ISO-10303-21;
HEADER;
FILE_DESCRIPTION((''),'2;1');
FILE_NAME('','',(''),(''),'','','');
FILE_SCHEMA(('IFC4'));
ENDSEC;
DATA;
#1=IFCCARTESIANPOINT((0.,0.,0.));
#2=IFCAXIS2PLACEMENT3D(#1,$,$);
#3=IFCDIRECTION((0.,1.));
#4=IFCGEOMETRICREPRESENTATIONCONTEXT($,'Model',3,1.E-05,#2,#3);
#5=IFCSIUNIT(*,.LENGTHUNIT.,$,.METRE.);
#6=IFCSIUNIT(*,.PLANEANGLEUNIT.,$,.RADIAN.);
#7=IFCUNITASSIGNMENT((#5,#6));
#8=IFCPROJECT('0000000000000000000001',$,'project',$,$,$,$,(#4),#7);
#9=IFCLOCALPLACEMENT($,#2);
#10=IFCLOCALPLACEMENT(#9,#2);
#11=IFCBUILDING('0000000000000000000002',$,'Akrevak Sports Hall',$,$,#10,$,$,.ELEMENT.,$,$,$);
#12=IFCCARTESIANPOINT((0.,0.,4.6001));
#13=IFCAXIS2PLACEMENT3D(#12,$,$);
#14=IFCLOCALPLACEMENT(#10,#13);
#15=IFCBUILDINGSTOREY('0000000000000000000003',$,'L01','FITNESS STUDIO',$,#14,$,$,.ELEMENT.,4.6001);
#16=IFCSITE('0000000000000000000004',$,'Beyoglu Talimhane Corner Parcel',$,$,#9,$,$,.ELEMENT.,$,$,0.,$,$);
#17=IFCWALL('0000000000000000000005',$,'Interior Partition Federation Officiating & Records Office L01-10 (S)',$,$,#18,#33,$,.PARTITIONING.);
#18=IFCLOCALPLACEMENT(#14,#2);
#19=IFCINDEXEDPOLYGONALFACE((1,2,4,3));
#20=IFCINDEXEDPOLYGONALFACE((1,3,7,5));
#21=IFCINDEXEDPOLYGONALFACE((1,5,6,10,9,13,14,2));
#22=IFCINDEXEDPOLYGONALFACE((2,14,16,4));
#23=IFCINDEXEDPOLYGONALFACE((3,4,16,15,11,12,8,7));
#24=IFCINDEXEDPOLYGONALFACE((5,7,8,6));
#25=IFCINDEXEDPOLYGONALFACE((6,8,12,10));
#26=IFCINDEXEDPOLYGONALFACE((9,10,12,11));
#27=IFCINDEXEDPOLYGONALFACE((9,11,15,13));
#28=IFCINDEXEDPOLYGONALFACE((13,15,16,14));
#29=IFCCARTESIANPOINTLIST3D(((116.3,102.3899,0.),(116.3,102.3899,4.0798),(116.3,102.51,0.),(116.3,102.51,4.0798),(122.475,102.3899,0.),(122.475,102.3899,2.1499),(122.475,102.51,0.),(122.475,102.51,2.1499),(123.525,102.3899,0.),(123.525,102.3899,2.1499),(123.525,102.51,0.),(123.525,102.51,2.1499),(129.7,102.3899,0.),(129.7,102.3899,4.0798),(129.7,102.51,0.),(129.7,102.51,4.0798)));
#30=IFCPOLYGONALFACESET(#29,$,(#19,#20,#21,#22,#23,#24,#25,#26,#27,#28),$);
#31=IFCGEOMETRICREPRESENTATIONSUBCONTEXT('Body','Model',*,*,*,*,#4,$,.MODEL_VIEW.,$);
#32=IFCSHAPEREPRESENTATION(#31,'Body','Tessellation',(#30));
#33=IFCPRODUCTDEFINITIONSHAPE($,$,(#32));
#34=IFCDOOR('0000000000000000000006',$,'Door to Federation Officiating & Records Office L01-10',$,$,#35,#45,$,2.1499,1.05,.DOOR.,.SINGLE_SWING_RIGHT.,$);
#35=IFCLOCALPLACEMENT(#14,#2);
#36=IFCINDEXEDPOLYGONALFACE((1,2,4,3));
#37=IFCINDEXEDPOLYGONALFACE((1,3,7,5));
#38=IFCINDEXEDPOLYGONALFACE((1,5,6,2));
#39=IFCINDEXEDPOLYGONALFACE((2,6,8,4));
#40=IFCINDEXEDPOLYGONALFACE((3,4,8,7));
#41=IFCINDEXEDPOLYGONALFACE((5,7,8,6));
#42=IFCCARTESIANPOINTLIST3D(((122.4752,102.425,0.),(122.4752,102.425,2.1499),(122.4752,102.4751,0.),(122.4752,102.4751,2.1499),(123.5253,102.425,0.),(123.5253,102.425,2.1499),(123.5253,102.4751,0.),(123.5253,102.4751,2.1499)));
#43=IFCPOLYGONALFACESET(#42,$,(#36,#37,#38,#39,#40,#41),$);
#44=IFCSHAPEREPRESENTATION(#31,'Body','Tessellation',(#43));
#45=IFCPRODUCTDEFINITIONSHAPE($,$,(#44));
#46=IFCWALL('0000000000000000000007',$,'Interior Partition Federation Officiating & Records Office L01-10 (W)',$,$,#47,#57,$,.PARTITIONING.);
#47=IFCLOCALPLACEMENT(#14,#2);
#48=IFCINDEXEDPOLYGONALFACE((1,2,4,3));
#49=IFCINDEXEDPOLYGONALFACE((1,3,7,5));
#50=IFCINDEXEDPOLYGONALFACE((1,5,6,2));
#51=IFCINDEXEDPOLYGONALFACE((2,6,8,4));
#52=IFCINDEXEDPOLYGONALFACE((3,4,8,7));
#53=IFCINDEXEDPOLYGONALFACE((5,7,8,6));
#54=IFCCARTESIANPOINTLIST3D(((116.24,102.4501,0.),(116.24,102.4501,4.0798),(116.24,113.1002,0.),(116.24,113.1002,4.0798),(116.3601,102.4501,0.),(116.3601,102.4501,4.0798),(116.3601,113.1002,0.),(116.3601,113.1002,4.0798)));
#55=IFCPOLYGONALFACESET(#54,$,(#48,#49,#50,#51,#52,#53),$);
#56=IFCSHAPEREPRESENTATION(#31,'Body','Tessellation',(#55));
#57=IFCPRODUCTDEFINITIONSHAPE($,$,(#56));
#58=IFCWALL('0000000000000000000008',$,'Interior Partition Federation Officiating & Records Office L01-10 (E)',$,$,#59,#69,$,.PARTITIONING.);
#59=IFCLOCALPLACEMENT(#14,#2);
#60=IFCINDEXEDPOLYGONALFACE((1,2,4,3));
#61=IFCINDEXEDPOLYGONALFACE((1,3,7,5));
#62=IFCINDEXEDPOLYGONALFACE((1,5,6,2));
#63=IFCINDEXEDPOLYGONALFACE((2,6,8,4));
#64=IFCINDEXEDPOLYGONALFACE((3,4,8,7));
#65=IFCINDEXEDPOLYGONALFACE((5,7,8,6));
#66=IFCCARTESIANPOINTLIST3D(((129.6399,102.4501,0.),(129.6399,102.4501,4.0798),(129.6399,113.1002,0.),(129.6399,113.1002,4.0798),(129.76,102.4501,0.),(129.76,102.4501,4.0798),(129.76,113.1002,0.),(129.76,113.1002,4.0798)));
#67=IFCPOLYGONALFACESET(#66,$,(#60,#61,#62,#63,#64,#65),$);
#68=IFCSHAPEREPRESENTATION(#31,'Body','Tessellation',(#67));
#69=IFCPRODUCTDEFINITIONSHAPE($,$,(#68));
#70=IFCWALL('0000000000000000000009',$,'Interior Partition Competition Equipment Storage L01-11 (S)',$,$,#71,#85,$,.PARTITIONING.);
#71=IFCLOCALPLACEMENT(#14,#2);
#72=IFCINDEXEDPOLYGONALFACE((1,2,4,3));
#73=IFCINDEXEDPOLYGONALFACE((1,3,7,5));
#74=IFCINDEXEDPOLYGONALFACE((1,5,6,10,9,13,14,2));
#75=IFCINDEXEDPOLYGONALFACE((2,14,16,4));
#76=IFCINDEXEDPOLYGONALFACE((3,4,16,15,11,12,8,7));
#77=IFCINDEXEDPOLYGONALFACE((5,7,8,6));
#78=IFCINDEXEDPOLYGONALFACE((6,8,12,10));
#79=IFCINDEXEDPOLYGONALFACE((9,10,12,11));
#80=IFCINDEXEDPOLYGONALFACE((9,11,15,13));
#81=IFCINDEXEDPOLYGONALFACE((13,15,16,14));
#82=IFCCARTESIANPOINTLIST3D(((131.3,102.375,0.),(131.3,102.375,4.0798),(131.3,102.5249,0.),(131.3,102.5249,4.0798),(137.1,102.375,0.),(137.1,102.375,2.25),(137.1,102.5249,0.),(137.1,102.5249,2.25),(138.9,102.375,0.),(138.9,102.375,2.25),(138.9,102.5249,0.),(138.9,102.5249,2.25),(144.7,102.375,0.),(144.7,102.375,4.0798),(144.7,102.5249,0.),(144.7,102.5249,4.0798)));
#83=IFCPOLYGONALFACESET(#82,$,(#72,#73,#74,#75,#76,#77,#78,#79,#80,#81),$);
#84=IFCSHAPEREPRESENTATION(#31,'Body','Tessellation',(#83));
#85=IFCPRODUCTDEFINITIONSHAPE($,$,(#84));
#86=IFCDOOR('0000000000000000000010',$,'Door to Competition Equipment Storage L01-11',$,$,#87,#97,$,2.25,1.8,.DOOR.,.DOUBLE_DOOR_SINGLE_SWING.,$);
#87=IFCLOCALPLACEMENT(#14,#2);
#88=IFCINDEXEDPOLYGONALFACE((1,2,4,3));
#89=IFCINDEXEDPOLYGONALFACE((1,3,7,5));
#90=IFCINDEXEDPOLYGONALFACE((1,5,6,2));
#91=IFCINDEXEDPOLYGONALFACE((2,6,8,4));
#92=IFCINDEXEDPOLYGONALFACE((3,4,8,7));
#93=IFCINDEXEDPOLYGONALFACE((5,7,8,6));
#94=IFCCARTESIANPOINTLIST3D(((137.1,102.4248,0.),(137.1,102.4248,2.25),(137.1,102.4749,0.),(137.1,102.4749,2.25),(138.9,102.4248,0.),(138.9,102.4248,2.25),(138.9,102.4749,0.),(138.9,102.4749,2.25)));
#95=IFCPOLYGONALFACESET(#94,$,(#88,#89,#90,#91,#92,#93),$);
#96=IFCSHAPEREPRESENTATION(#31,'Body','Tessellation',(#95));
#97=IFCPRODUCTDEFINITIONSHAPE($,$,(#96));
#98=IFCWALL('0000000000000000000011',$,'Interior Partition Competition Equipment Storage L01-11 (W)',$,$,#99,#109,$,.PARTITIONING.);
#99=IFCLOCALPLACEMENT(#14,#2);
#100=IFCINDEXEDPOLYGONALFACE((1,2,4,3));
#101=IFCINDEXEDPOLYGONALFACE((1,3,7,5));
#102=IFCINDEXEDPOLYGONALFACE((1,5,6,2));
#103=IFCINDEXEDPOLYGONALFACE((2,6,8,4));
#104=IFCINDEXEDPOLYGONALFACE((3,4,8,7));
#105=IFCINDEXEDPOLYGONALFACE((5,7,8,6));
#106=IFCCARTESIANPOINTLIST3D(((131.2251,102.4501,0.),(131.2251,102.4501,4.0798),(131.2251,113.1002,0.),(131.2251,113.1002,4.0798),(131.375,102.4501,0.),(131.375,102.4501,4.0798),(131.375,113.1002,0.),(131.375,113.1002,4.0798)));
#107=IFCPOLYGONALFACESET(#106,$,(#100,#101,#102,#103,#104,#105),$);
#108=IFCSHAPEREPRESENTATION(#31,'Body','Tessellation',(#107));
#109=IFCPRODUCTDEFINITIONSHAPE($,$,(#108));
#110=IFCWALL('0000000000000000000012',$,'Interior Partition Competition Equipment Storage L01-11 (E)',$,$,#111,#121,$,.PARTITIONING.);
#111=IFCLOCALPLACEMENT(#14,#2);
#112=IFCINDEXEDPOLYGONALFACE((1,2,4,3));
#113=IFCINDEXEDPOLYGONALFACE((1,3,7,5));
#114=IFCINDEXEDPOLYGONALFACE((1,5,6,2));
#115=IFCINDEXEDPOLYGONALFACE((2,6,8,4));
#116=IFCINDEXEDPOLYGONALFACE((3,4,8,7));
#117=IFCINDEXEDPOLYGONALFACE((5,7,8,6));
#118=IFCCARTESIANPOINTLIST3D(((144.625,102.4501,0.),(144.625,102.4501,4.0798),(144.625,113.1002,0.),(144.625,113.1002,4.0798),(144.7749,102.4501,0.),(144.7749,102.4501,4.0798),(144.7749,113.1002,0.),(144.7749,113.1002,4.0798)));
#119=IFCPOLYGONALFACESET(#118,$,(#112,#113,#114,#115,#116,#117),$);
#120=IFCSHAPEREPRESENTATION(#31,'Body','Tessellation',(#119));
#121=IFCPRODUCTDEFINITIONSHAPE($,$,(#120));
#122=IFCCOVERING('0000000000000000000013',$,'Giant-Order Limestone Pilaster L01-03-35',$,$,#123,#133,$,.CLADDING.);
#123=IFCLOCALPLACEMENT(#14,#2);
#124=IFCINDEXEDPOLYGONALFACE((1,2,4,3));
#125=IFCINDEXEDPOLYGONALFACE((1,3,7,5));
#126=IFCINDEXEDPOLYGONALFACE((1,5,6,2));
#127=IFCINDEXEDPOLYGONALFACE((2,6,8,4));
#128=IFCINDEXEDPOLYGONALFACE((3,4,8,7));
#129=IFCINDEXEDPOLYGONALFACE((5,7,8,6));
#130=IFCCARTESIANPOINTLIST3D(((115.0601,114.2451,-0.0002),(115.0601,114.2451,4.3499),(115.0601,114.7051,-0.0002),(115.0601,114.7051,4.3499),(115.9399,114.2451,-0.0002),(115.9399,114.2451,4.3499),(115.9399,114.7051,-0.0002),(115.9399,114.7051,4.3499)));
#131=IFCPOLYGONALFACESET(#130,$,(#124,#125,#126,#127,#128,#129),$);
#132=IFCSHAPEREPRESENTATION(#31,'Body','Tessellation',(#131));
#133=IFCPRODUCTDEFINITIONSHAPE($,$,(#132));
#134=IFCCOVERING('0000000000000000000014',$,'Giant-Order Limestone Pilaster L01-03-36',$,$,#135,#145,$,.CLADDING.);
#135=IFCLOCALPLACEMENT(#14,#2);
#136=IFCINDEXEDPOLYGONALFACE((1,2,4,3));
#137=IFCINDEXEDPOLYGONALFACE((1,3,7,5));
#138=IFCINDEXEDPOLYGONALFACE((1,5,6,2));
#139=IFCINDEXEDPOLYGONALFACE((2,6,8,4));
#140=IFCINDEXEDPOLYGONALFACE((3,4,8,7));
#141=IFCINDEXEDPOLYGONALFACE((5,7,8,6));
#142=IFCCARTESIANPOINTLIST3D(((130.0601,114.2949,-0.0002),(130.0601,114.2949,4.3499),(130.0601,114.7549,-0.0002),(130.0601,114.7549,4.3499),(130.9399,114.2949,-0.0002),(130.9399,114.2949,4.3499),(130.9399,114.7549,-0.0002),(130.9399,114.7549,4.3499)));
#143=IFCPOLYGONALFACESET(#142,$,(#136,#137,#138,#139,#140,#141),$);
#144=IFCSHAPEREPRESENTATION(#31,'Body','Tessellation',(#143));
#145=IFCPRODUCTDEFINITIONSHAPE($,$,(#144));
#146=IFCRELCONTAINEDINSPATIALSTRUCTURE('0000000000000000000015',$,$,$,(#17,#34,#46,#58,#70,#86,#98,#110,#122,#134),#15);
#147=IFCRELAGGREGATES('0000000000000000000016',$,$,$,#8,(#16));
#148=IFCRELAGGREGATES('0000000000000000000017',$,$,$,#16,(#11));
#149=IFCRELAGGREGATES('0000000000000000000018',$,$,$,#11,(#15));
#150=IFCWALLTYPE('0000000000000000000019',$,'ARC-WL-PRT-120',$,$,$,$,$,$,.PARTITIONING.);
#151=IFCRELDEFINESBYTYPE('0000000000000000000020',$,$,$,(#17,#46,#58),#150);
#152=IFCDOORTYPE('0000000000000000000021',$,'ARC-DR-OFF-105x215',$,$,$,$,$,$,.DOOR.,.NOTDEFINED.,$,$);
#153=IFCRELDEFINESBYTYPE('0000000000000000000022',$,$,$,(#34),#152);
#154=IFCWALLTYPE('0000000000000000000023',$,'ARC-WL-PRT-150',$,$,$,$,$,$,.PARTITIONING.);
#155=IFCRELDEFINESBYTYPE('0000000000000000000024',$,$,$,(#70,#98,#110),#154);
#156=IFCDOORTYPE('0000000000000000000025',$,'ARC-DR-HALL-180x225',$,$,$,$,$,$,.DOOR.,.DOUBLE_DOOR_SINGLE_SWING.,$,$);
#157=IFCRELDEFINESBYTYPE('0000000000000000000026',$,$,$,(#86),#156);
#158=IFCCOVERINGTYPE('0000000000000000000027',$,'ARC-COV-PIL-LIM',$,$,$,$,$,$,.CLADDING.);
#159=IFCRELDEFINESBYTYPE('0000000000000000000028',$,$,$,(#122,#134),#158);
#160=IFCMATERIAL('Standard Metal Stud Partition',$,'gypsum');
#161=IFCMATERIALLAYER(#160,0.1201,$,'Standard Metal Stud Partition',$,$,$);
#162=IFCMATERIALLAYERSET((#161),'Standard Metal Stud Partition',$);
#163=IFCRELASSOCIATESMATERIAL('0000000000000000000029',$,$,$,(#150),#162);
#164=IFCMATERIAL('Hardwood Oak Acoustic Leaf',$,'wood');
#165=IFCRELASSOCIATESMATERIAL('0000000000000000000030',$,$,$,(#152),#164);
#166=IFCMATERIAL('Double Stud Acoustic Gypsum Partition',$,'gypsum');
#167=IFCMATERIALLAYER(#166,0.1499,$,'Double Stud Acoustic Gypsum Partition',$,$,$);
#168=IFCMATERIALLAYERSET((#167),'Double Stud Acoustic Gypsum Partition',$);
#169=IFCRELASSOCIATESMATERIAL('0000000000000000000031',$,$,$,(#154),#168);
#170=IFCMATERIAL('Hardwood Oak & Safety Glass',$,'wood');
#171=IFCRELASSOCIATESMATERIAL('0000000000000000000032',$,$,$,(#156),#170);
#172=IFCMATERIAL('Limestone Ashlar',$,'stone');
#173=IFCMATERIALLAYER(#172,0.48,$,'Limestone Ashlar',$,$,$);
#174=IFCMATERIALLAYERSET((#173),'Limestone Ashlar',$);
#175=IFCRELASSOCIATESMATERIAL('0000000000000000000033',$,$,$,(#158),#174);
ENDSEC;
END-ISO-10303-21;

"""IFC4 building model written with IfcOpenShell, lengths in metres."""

from ifc_helpers import new_model, si_unit, direction, frame, frame_2d, origin, origin_2d, place, context, subcontext, project, spatial, rectangle, extrude, material, layer, layer_set, type_object, element, fill, save


model = new_model("IFC4")

# Units and contexts
model_context = context("Model", 3, precision=1e-05, world=origin(), true_north=direction((0.0, 1.0)))
body_context = subcontext(model_context, "Body", "Model", "MODEL_VIEW")
ifc_project = project(units=[si_unit("LENGTHUNIT", "METRE"), si_unit("PLANEANGLEUNIT", "RADIAN")], contexts=[model_context])

# Site, building, storey
site_placement = place(None, origin())
site = spatial("IfcSite", under=ifc_project, at=site_placement, Name="Beyoglu Talimhane Corner Parcel", CompositionType="ELEMENT", RefElevation=0.0)
building_placement = place(site_placement, origin())
building = spatial("IfcBuilding", under=site, at=building_placement, Name="Akrevak Sports Hall", CompositionType="ELEMENT")
storey_placement = place(building_placement, frame((0.0, 0.0, 4.6001)))
storey = spatial("IfcBuildingStorey", under=building, at=storey_placement, Name="L01", Description="FITNESS STUDIO", CompositionType="ELEMENT", Elevation=4.6001)

# Shared definitions
ifc_material_1 = material(Name="Limestone Ashlar", Category="stone")

# Wall, opening, door
ifc_material_2 = material(Name="Standard Metal Stud Partition", Category="gypsum")
ifc_layer_1 = layer(ifc_material_2, 0.1201, Name="Standard Metal Stud Partition")
ifc_layer_set_1 = layer_set([ifc_layer_1], Name="Standard Metal Stud Partition")
wall_type_1 = type_object("IfcWallType", Name="ARC-WL-PRT-120", PredefinedType="PARTITIONING", material=ifc_layer_set_1)
wall_1_placement = place(storey_placement, frame((116.3, 102.45, 0.0), z_axis=(0.0, 0.0, 1.0), x_axis=(1.0, 0.0, 0.0)))
wall_1 = element("IfcWall", 1, at=wall_1_placement, inside=storey, type_object=wall_type_1, Name="Interior Partition Federation Officiating & Records Office L01-10 (S)", PredefinedType="PARTITIONING", context=body_context, shape_type="SweptSolid", body=[
    extrude(rectangle(XDim=13.3999, YDim=0.1201, at=frame_2d((6.7, 0.0))), origin(), (0.0, 0.0, 1.0), 4.0798),
])
opening_1_placement = place(wall_1_placement, frame((6.175, 0.0, 0.0)))
opening_1 = element("IfcOpeningElement", 2, at=opening_1_placement, cuts=wall_1, PredefinedType="OPENING", context=body_context, shape_type="SweptSolid", body=[
    extrude(rectangle(XDim=1.05, YDim=2.1499, at=frame_2d((0.5249, 1.075))), frame((0.0, 0.072, 0.0), z_axis=(0.0, -1.0, 0.0), x_axis=(1.0, 0.0, 0.0)), (0.0, 0.0, 1.0), 0.144),
])
ifc_material_3 = material(Name="Hardwood Oak Acoustic Leaf", Category="wood")
door_type_1 = type_object("IfcDoorType", Name="ARC-DR-OFF-105x215", OperationType="NOTDEFINED", PredefinedType="DOOR", material=ifc_material_3)
door_1_placement = place(opening_1_placement, frame((1.05, 0.0, 0.0), z_axis=(0.0, 0.0, 1.0), x_axis=(-1.0, 0.0, 0.0)))
door_1 = element("IfcDoor", 3, at=door_1_placement, inside=storey, type_object=door_type_1, Name="Door to Federation Officiating & Records Office L01-10", OperationType="SINGLE_SWING_RIGHT", OverallHeight=2.1499, OverallWidth=1.05, PredefinedType="DOOR", context=body_context, shape_type="SweptSolid", body=[
    extrude(rectangle(XDim=1.05, YDim=2.1499, at=frame_2d((0.5249, 1.075))), frame((0.0, 0.0249, 0.0), z_axis=(0.0, -1.0, 0.0), x_axis=(1.0, 0.0, 0.0)), (0.0, 0.0, 1.0), 0.05),
])
fill(opening_1, door_1)

# Walls
for number, where, z_axis, x_axis, name in (
    (4, (116.3, 102.45, 0.0), (0.0, 0.0, 1.0), (0.0, 1.0, 0.0), "Interior Partition Federation Officiating & Records Office L01-10 (W)"),
    (5, (129.7, 102.45, 0.0), (0.0, 0.0, 1.0), (0.0, 1.0, 0.0), "Interior Partition Federation Officiating & Records Office L01-10 (E)"),
):
    element("IfcWall", number, at=place(storey_placement, frame(where, z_axis=z_axis, x_axis=x_axis)), inside=storey, type_object=wall_type_1, Name=name, PredefinedType="PARTITIONING", context=body_context, shape_type="SweptSolid", body=[
        extrude(rectangle(XDim=10.6501, YDim=0.1201, at=frame_2d((5.3252, 0.0))), origin(), (0.0, 0.0, 1.0), 4.0798),
    ])

# Wall, opening, door
ifc_material_4 = material(Name="Double Stud Acoustic Gypsum Partition", Category="gypsum")
ifc_layer_2 = layer(ifc_material_4, 0.1499, Name="Double Stud Acoustic Gypsum Partition")
ifc_layer_set_2 = layer_set([ifc_layer_2], Name="Double Stud Acoustic Gypsum Partition")
wall_type_2 = type_object("IfcWallType", Name="ARC-WL-PRT-150", PredefinedType="PARTITIONING", material=ifc_layer_set_2)
wall_2_placement = place(storey_placement, frame((131.3, 102.45, 0.0), z_axis=(0.0, 0.0, 1.0), x_axis=(1.0, 0.0, 0.0)))
wall_2 = element("IfcWall", 6, at=wall_2_placement, inside=storey, type_object=wall_type_2, Name="Interior Partition Competition Equipment Storage L01-11 (S)", PredefinedType="PARTITIONING", context=body_context, shape_type="SweptSolid", body=[
    extrude(rectangle(XDim=13.3999, YDim=0.1499, at=frame_2d((6.7, 0.0))), origin(), (0.0, 0.0, 1.0), 4.0798),
])
opening_2_placement = place(wall_2_placement, frame((5.8, 0.0, 0.0)))
opening_2 = element("IfcOpeningElement", 7, at=opening_2_placement, cuts=wall_2, PredefinedType="OPENING", context=body_context, shape_type="SweptSolid", body=[
    extrude(rectangle(XDim=1.8, YDim=2.25, at=frame_2d((0.8999, 1.125))), frame((0.0, 0.0869, 0.0), z_axis=(0.0, -1.0, 0.0), x_axis=(1.0, 0.0, 0.0)), (0.0, 0.0, 1.0), 0.1738),
])
ifc_material_5 = material(Name="Hardwood Oak & Safety Glass", Category="wood")
door_type_2 = type_object("IfcDoorType", Name="ARC-DR-HALL-180x225", OperationType="DOUBLE_DOOR_SINGLE_SWING", PredefinedType="DOOR", material=ifc_material_5)
door_2_placement = place(opening_2_placement, origin())
door_2 = element("IfcDoor", 8, at=door_2_placement, inside=storey, type_object=door_type_2, Name="Door to Competition Equipment Storage L01-11", OperationType="DOUBLE_DOOR_SINGLE_SWING", OverallHeight=2.25, OverallWidth=1.8, PredefinedType="DOOR", context=body_context, shape_type="SweptSolid", body=[
    extrude(rectangle(XDim=1.8, YDim=2.25, at=frame_2d((0.8999, 1.125))), frame((0.0, 0.0249, 0.0), z_axis=(0.0, -1.0, 0.0), x_axis=(1.0, 0.0, 0.0)), (0.0, 0.0, 1.0), 0.05),
])
fill(opening_2, door_2)

# Walls
for number, where, z_axis, x_axis, name in (
    (9, (131.3, 102.45, 0.0), (0.0, 0.0, 1.0), (0.0, 1.0, 0.0), "Interior Partition Competition Equipment Storage L01-11 (W)"),
    (10, (144.7, 102.45, 0.0), (0.0, 0.0, 1.0), (0.0, 1.0, 0.0), "Interior Partition Competition Equipment Storage L01-11 (E)"),
):
    element("IfcWall", number, at=place(storey_placement, frame(where, z_axis=z_axis, x_axis=x_axis)), inside=storey, type_object=wall_type_2, Name=name, PredefinedType="PARTITIONING", context=body_context, shape_type="SweptSolid", body=[
        extrude(rectangle(XDim=10.6501, YDim=0.1499, at=frame_2d((5.3252, 0.0))), origin(), (0.0, 0.0, 1.0), 4.0798),
    ])

# Coverings
ifc_layer_3 = layer(ifc_material_1, 0.48, Name="Limestone Ashlar")
ifc_layer_set_3 = layer_set([ifc_layer_3], Name="Limestone Ashlar")
covering_type = type_object("IfcCoveringType", Name="ARC-COV-PIL-LIM", PredefinedType="CLADDING", material=ifc_layer_set_3)
for number, where, z_axis, x_axis, name in (
    (11, (115.5, 114.4751, -0.0002), (0.0, 0.0, 1.0), (-1.0, 0.0, 0.0), "Giant-Order Limestone Pilaster L01-03-35"),
    (12, (130.5, 114.5249, -0.0002), (0.0, 0.0, 1.0), (-1.0, 0.0, 0.0), "Giant-Order Limestone Pilaster L01-03-36"),
):
    element("IfcCovering", number, at=place(storey_placement, frame(where, z_axis=z_axis, x_axis=x_axis)), inside=storey, type_object=covering_type, Name=name, PredefinedType="CLADDING", context=body_context, shape_type="SweptSolid", body=[
        extrude(rectangle(XDim=0.8799, YDim=0.46, at=origin_2d()), origin(), (0.0, 0.0, 1.0), 4.3501),
    ])

save(model, "model.ifc")
